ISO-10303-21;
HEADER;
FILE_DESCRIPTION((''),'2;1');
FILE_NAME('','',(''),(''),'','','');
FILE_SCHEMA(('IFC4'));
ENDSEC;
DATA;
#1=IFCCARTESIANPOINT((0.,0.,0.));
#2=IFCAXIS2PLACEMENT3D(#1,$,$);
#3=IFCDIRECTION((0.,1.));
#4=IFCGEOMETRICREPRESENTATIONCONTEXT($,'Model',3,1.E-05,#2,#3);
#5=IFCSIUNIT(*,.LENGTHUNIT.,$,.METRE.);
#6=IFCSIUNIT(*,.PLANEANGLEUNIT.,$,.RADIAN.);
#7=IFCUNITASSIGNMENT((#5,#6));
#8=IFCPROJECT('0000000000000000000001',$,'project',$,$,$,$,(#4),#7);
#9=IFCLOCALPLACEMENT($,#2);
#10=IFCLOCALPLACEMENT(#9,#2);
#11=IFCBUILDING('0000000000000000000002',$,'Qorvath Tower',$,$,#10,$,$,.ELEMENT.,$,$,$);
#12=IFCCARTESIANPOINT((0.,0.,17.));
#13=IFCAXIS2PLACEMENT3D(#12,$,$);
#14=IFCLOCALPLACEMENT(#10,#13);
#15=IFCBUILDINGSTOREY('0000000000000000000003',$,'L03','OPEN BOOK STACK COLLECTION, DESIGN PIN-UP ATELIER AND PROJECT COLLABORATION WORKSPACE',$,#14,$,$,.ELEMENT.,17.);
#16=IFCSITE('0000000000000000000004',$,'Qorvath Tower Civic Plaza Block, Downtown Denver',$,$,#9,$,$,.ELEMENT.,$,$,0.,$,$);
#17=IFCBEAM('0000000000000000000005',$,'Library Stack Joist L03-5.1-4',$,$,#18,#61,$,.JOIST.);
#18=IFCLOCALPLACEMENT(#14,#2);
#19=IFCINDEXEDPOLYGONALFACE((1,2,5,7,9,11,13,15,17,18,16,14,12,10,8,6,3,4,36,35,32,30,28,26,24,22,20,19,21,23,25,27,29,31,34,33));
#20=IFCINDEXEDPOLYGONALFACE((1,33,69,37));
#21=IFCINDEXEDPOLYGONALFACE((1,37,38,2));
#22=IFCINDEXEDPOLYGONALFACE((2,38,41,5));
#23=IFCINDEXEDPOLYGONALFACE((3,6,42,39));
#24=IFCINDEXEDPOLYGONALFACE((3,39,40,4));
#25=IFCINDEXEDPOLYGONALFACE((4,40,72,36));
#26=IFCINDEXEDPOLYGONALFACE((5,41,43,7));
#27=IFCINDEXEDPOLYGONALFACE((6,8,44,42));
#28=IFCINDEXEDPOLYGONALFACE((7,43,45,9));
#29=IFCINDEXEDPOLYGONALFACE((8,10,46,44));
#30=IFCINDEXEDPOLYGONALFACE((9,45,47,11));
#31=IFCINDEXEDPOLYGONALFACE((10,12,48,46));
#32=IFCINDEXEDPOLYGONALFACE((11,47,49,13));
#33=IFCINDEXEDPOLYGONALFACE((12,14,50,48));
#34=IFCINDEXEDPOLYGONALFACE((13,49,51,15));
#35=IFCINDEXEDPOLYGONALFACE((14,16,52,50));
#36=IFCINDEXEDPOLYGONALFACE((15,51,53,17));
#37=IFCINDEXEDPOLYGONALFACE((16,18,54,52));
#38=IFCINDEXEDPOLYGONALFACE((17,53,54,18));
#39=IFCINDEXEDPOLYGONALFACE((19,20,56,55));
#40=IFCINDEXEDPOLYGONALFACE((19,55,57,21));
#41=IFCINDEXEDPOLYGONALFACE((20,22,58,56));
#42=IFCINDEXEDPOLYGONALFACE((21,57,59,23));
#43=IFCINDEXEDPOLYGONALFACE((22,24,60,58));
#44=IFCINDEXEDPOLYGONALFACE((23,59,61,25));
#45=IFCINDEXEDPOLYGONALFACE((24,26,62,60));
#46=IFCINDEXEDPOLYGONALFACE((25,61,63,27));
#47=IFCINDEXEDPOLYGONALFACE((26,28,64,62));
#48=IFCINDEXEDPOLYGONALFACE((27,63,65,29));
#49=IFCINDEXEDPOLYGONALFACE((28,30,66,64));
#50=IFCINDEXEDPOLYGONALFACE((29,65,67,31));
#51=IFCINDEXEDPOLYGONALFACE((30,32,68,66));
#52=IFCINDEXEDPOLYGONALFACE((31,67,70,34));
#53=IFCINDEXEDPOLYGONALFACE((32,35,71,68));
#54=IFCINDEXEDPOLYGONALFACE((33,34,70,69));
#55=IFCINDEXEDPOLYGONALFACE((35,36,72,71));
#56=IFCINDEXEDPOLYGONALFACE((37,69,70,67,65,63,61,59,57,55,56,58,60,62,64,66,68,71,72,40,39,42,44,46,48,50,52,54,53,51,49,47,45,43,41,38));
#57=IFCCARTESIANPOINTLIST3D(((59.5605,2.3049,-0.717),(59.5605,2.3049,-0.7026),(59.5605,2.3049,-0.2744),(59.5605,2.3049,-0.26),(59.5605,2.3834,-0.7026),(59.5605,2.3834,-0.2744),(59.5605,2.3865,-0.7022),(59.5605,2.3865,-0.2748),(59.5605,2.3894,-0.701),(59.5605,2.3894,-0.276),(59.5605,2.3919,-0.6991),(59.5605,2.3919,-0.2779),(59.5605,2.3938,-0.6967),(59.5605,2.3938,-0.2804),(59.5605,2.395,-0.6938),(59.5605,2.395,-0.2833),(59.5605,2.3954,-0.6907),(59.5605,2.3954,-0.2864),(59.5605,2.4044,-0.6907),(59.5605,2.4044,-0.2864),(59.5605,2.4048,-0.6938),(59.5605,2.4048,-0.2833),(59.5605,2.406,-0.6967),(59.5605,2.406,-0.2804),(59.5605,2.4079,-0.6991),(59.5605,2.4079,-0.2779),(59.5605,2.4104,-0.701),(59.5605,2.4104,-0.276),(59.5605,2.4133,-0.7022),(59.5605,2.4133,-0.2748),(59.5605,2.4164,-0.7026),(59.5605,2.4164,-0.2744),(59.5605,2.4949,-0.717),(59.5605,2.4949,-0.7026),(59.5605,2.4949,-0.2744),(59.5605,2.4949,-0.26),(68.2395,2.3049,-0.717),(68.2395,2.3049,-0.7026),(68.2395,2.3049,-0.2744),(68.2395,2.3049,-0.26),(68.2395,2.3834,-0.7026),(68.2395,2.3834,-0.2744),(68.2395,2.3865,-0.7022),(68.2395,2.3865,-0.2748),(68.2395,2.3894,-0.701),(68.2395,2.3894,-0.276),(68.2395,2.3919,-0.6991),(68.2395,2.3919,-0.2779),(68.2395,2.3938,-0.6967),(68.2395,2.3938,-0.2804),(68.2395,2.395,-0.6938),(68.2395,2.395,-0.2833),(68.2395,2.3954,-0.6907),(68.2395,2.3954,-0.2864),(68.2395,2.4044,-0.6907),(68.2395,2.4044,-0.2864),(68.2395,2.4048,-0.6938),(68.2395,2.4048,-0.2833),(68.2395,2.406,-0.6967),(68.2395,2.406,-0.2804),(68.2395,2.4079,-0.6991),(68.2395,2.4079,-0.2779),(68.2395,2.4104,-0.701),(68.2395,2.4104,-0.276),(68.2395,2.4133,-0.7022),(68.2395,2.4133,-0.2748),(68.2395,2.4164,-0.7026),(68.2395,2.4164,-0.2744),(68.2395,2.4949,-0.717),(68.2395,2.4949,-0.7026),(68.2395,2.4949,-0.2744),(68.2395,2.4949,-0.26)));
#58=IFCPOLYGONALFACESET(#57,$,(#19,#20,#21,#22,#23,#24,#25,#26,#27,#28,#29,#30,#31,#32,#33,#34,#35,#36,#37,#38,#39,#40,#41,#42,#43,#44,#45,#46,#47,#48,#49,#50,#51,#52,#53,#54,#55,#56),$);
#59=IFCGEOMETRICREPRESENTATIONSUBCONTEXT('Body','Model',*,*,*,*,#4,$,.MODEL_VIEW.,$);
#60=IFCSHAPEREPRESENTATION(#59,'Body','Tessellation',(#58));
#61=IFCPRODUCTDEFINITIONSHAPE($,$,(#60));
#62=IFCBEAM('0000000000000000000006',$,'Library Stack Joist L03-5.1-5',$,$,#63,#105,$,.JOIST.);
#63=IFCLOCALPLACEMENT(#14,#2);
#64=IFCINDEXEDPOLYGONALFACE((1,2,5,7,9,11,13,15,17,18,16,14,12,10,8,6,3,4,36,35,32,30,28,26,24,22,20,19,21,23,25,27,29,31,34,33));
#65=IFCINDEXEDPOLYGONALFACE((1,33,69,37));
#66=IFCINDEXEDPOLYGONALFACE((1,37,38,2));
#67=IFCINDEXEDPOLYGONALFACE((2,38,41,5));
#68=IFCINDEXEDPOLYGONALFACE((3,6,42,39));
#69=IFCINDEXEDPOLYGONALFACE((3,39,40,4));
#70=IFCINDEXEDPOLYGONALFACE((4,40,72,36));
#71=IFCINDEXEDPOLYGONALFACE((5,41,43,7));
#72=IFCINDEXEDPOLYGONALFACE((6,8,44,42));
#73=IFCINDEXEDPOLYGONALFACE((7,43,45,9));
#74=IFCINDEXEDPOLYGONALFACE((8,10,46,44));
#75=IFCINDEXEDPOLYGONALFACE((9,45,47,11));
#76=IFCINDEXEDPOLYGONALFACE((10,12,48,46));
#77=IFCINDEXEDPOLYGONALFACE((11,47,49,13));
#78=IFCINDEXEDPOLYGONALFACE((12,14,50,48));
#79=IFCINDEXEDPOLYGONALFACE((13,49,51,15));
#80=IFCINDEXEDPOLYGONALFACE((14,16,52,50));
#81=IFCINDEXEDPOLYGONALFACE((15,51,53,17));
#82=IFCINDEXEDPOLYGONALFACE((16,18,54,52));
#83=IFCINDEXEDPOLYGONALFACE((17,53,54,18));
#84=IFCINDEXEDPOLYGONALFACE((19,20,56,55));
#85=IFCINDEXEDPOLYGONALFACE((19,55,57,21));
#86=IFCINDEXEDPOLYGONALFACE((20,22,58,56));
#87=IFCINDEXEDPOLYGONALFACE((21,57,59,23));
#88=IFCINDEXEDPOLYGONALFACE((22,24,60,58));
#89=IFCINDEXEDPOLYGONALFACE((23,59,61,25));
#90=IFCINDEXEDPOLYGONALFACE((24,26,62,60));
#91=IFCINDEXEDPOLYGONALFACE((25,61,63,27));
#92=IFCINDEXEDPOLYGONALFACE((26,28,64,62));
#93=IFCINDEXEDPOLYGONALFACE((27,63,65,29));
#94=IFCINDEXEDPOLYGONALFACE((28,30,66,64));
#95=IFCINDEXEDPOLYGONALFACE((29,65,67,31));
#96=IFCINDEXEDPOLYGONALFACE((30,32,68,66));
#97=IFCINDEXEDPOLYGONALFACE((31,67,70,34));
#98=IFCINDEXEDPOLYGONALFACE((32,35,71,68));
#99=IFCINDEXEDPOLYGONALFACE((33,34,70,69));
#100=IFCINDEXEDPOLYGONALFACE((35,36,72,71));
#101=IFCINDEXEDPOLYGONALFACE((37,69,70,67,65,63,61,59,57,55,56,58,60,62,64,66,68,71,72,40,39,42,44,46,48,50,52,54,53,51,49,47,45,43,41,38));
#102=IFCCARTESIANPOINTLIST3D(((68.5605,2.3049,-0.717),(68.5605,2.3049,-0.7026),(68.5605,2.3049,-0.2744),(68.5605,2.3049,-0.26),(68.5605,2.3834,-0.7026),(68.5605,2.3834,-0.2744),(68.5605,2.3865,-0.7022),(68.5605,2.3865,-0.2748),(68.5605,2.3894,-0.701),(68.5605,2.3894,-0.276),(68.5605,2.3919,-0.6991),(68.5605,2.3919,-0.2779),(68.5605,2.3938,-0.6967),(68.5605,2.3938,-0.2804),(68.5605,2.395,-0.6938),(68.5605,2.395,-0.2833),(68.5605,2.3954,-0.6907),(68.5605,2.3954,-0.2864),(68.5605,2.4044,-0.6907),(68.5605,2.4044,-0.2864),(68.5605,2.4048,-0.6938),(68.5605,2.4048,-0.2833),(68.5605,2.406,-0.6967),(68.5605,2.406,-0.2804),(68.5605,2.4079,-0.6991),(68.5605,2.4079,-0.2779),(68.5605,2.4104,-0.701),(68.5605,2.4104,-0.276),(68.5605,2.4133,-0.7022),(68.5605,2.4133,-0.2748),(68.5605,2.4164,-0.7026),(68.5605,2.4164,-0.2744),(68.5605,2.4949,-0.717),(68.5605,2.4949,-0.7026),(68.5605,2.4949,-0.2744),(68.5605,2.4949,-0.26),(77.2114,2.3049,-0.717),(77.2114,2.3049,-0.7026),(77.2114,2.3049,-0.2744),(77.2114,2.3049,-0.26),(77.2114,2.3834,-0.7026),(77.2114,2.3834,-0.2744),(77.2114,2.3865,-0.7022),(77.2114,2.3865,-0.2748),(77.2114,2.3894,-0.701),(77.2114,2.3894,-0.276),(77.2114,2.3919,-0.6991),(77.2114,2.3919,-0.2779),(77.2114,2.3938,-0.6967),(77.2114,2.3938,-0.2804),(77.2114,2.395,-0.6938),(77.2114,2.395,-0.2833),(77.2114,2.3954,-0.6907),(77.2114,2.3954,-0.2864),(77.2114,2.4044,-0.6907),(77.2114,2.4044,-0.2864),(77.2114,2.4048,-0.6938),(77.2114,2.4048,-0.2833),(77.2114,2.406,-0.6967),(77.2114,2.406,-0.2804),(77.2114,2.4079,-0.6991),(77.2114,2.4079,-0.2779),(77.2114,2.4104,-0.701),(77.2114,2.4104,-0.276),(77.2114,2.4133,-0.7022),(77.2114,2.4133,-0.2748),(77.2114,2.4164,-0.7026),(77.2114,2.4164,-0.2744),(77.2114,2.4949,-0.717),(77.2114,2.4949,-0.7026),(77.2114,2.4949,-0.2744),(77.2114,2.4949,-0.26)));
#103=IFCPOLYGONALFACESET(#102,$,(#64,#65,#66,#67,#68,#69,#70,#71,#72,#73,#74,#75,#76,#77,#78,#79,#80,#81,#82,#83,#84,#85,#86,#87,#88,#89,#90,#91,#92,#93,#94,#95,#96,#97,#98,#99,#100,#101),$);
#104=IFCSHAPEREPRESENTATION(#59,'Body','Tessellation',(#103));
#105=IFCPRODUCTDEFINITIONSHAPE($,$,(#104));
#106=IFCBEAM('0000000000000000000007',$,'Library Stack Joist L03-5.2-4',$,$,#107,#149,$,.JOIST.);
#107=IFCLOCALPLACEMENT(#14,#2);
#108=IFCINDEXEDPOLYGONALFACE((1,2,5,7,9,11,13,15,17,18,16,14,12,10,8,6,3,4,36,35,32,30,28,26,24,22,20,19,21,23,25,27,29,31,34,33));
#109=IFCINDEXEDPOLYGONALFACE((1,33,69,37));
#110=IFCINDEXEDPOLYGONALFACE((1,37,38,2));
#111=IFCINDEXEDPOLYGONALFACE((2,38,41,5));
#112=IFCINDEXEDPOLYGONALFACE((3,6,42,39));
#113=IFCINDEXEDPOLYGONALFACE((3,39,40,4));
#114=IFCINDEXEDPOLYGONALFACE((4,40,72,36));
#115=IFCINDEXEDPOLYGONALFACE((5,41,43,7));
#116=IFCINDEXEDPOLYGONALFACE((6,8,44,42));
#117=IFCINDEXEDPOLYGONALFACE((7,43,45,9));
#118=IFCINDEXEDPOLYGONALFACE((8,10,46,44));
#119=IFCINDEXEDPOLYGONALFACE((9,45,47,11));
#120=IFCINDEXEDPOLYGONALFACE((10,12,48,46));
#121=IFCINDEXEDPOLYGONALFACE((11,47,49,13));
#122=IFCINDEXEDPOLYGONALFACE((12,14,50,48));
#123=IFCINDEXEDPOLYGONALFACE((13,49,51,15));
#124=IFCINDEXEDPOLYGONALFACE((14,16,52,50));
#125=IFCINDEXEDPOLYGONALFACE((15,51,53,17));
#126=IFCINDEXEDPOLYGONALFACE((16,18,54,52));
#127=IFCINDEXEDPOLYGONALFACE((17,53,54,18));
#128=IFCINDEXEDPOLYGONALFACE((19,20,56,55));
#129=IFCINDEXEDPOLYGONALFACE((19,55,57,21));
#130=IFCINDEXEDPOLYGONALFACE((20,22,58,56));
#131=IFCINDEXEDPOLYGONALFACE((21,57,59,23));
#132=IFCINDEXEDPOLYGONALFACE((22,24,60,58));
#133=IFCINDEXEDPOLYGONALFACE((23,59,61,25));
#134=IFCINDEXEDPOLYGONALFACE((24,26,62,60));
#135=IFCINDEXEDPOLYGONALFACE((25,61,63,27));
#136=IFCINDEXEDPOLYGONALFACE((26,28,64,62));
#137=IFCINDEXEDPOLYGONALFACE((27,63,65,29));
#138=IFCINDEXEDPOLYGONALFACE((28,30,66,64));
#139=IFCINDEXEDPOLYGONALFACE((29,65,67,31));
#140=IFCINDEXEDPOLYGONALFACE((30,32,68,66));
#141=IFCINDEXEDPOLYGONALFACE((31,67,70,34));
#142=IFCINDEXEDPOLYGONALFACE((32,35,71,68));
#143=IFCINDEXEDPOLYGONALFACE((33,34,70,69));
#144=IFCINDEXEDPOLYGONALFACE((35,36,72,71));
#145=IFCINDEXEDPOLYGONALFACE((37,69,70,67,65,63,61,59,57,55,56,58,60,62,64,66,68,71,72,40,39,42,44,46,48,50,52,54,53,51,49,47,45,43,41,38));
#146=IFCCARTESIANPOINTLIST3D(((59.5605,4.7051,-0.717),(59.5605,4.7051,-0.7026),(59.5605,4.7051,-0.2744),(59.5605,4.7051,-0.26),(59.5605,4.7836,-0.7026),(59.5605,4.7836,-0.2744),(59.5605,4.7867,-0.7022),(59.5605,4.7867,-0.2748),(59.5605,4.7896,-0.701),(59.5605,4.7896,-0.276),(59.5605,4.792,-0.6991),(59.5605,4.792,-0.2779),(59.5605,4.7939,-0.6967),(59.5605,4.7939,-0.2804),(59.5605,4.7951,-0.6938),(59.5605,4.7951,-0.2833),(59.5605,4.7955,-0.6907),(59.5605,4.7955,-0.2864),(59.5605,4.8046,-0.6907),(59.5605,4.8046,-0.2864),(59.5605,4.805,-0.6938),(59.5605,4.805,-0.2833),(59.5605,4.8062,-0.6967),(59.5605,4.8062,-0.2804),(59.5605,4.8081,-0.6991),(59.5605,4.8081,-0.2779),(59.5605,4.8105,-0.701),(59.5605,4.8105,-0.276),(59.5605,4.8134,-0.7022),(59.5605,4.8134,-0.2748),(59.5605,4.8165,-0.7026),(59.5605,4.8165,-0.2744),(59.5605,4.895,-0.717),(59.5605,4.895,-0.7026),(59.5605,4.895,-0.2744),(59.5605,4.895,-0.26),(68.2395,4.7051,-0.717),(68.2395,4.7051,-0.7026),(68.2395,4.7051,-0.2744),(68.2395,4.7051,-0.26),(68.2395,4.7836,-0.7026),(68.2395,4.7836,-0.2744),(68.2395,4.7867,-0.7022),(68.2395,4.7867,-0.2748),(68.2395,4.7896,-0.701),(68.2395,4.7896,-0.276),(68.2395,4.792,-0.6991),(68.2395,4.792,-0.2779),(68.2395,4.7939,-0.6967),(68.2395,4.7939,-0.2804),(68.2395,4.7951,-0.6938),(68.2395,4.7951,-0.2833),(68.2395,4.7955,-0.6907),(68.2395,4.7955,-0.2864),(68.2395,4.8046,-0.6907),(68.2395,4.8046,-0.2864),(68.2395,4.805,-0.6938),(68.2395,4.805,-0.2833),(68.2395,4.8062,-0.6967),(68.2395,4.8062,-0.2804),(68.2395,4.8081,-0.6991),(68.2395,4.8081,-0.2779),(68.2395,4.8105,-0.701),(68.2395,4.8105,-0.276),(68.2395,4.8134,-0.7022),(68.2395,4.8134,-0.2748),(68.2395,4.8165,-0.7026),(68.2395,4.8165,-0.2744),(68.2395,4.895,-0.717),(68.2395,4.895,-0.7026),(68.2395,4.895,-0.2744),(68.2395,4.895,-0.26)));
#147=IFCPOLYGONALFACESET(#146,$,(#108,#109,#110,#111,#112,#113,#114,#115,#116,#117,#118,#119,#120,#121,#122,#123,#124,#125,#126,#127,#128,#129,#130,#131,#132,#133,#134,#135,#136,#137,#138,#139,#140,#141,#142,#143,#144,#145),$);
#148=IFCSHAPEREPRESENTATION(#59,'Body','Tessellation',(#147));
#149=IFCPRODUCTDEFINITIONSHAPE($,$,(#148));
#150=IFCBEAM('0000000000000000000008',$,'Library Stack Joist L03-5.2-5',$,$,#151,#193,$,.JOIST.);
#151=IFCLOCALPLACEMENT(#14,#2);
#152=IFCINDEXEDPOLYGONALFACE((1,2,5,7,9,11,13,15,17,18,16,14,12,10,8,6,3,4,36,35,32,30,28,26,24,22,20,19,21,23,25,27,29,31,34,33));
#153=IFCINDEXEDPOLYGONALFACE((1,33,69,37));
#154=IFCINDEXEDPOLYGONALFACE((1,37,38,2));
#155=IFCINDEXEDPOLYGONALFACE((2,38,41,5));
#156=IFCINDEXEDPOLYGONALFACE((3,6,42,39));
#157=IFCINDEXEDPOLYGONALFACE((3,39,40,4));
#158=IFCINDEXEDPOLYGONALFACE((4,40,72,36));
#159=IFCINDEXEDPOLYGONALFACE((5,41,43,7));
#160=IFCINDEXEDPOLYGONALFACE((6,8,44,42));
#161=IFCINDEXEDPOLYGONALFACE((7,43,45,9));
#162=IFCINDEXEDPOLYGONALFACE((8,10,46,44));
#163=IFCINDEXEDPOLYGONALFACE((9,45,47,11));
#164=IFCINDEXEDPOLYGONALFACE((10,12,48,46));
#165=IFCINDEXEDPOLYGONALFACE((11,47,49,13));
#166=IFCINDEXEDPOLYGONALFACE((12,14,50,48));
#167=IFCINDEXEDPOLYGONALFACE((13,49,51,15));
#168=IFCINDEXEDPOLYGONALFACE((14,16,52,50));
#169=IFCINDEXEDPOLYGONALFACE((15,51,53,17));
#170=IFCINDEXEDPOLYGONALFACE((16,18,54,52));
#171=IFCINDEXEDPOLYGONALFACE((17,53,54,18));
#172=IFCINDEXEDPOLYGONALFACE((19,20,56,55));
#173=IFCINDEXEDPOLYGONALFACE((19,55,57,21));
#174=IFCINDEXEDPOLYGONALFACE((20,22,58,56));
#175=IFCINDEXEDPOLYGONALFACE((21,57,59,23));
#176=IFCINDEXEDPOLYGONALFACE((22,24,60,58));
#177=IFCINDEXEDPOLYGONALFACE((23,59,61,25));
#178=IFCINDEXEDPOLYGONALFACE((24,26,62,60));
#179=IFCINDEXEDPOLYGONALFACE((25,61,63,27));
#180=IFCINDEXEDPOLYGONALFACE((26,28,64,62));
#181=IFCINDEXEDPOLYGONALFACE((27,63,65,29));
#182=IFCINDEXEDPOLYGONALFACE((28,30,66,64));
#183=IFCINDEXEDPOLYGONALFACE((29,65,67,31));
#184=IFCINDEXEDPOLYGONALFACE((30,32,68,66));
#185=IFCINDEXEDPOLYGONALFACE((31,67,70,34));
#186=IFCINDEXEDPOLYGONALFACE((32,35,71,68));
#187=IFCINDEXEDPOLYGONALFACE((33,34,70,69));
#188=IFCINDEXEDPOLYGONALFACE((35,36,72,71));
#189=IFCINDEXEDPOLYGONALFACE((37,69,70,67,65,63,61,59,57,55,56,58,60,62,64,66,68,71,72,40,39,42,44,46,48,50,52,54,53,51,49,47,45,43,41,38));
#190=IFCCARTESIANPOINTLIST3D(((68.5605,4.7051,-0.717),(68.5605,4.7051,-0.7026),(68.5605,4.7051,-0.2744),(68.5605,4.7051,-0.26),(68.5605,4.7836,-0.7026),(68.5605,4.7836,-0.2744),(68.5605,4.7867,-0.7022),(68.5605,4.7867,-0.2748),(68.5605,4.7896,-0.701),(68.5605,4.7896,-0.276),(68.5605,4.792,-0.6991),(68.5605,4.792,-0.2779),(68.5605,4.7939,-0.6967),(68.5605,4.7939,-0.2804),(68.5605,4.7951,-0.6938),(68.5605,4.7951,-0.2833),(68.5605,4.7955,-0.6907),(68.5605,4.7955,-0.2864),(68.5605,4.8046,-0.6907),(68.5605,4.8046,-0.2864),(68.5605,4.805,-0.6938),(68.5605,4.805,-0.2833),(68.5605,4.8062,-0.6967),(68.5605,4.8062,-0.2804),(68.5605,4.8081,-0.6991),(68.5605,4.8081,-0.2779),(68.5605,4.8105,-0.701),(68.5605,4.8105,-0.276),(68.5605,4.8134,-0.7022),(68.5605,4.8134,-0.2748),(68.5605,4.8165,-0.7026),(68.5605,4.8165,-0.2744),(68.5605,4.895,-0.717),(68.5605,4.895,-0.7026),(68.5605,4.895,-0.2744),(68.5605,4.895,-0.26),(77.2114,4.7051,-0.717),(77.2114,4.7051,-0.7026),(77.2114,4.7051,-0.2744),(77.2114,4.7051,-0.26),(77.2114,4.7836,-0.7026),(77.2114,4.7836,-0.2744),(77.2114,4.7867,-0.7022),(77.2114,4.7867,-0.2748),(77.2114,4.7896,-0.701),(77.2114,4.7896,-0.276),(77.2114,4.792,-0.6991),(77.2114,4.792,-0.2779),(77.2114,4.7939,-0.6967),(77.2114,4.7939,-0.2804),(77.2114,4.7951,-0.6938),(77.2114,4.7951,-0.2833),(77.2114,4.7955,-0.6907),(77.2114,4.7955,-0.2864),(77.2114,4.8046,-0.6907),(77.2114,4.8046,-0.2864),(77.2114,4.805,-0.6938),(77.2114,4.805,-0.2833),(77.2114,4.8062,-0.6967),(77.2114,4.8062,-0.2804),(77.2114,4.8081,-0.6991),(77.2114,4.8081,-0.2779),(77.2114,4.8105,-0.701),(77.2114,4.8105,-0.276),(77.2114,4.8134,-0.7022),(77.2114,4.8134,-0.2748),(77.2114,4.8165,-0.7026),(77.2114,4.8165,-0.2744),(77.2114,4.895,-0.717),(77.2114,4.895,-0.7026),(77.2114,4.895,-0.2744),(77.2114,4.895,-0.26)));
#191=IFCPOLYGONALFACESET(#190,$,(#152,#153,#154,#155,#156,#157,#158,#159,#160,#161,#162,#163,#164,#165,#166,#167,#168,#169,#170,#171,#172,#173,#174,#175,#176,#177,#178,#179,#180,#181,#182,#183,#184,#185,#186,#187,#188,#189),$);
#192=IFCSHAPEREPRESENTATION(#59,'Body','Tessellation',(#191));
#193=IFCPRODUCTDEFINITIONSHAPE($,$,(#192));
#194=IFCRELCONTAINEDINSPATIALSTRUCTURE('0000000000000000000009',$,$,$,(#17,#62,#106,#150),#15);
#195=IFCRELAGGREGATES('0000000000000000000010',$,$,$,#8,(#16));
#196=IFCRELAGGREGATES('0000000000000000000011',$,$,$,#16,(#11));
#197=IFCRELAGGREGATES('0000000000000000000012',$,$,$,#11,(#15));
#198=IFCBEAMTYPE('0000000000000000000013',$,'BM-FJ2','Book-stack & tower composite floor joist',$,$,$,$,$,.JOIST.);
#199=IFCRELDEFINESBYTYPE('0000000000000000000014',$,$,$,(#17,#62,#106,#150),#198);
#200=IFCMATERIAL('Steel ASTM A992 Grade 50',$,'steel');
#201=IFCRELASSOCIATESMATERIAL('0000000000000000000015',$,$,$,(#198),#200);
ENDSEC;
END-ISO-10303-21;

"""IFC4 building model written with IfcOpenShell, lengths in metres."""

from ifc_helpers import new_model, si_unit, direction, frame, origin, origin_2d, place, context, subcontext, project, spatial, i_section, extrude, material, material_profile, profile_set, type_object, element, save


model = new_model("IFC4")

# Units and contexts
model_context = context("Model", 3, precision=1e-05, world=origin(), true_north=direction((0.0, 1.0)))
body_context = subcontext(model_context, "Body", "Model", "MODEL_VIEW")
ifc_project = project(units=[si_unit("LENGTHUNIT", "METRE"), si_unit("PLANEANGLEUNIT", "RADIAN")], contexts=[model_context])

# Site, building, storey
site_placement = place(None, origin())
site = spatial("IfcSite", under=ifc_project, at=site_placement, Name="Qorvath Tower Civic Plaza Block, Downtown Denver", CompositionType="ELEMENT", RefElevation=0.0)
building_placement = place(site_placement, origin())
building = spatial("IfcBuilding", under=site, at=building_placement, Name="Qorvath Tower", CompositionType="ELEMENT")
storey_placement = place(building_placement, frame((0.0, 0.0, 17.0)))
storey = spatial("IfcBuildingStorey", under=building, at=storey_placement, Name="L03", Description="OPEN BOOK STACK COLLECTION, DESIGN PIN-UP ATELIER AND PROJECT COLLABORATION WORKSPACE", CompositionType="ELEMENT", Elevation=17.0)

# Beams
ifc_material_1 = material(Name="Steel ASTM A992 Grade 50", Category="steel")
ifc_material_profile_1 = material_profile(ifc_material_1, i_section(OverallWidth=0.1899, OverallDepth=0.457, WebThickness=0.009, FlangeThickness=0.0144, FilletRadius=0.012, at=origin_2d()), Name="W18x50")
ifc_profile_set_1 = profile_set([ifc_material_profile_1], Name="Steel ASTM A992 Grade 50")
beam_type_1 = type_object("IfcBeamType", Name="BM-FJ2", Description="Book-stack & tower composite floor joist", PredefinedType="JOIST", material=ifc_profile_set_1)
beam_1_placement = place(storey_placement, frame((59.5605, 2.3999, -0.4885), z_axis=(1.0, 0.0, 0.0), x_axis=(0.0, 1.0, 0.0)))
element("IfcBeam", 1, at=beam_1_placement, inside=storey, type_object=beam_type_1, Name="Library Stack Joist L03-5.1-4", PredefinedType="JOIST", context=body_context, shape_type="SweptSolid", body=[
    extrude(i_section(OverallWidth=0.1899, OverallDepth=0.457, WebThickness=0.009, FlangeThickness=0.0144, FilletRadius=0.012, at=origin_2d()), origin(), (0.0, 0.0, 1.0), 8.679),
])
beam_2_placement = place(storey_placement, frame((68.5605, 2.3999, -0.4885), z_axis=(1.0, 0.0, 0.0), x_axis=(0.0, 1.0, 0.0)))
element("IfcBeam", 2, at=beam_2_placement, inside=storey, type_object=beam_type_1, Name="Library Stack Joist L03-5.1-5", PredefinedType="JOIST", context=body_context, shape_type="SweptSolid", body=[
    extrude(i_section(OverallWidth=0.1899, OverallDepth=0.457, WebThickness=0.009, FlangeThickness=0.0144, FilletRadius=0.012, at=origin_2d()), origin(), (0.0, 0.0, 1.0), 8.6509),
])
beam_3_placement = place(storey_placement, frame((59.5605, 4.8, -0.4885), z_axis=(1.0, 0.0, 0.0), x_axis=(0.0, 1.0, 0.0)))
element("IfcBeam", 3, at=beam_3_placement, inside=storey, type_object=beam_type_1, Name="Library Stack Joist L03-5.2-4", PredefinedType="JOIST", context=body_context, shape_type="SweptSolid", body=[
    extrude(i_section(OverallWidth=0.1899, OverallDepth=0.457, WebThickness=0.009, FlangeThickness=0.0144, FilletRadius=0.012, at=origin_2d()), origin(), (0.0, 0.0, 1.0), 8.679),
])
beam_4_placement = place(storey_placement, frame((68.5605, 4.8, -0.4885), z_axis=(1.0, 0.0, 0.0), x_axis=(0.0, 1.0, 0.0)))
element("IfcBeam", 4, at=beam_4_placement, inside=storey, type_object=beam_type_1, Name="Library Stack Joist L03-5.2-5", PredefinedType="JOIST", context=body_context, shape_type="SweptSolid", body=[
    extrude(i_section(OverallWidth=0.1899, OverallDepth=0.457, WebThickness=0.009, FlangeThickness=0.0144, FilletRadius=0.012, at=origin_2d()), origin(), (0.0, 0.0, 1.0), 8.6509),
])

save(model, "model.ifc")
